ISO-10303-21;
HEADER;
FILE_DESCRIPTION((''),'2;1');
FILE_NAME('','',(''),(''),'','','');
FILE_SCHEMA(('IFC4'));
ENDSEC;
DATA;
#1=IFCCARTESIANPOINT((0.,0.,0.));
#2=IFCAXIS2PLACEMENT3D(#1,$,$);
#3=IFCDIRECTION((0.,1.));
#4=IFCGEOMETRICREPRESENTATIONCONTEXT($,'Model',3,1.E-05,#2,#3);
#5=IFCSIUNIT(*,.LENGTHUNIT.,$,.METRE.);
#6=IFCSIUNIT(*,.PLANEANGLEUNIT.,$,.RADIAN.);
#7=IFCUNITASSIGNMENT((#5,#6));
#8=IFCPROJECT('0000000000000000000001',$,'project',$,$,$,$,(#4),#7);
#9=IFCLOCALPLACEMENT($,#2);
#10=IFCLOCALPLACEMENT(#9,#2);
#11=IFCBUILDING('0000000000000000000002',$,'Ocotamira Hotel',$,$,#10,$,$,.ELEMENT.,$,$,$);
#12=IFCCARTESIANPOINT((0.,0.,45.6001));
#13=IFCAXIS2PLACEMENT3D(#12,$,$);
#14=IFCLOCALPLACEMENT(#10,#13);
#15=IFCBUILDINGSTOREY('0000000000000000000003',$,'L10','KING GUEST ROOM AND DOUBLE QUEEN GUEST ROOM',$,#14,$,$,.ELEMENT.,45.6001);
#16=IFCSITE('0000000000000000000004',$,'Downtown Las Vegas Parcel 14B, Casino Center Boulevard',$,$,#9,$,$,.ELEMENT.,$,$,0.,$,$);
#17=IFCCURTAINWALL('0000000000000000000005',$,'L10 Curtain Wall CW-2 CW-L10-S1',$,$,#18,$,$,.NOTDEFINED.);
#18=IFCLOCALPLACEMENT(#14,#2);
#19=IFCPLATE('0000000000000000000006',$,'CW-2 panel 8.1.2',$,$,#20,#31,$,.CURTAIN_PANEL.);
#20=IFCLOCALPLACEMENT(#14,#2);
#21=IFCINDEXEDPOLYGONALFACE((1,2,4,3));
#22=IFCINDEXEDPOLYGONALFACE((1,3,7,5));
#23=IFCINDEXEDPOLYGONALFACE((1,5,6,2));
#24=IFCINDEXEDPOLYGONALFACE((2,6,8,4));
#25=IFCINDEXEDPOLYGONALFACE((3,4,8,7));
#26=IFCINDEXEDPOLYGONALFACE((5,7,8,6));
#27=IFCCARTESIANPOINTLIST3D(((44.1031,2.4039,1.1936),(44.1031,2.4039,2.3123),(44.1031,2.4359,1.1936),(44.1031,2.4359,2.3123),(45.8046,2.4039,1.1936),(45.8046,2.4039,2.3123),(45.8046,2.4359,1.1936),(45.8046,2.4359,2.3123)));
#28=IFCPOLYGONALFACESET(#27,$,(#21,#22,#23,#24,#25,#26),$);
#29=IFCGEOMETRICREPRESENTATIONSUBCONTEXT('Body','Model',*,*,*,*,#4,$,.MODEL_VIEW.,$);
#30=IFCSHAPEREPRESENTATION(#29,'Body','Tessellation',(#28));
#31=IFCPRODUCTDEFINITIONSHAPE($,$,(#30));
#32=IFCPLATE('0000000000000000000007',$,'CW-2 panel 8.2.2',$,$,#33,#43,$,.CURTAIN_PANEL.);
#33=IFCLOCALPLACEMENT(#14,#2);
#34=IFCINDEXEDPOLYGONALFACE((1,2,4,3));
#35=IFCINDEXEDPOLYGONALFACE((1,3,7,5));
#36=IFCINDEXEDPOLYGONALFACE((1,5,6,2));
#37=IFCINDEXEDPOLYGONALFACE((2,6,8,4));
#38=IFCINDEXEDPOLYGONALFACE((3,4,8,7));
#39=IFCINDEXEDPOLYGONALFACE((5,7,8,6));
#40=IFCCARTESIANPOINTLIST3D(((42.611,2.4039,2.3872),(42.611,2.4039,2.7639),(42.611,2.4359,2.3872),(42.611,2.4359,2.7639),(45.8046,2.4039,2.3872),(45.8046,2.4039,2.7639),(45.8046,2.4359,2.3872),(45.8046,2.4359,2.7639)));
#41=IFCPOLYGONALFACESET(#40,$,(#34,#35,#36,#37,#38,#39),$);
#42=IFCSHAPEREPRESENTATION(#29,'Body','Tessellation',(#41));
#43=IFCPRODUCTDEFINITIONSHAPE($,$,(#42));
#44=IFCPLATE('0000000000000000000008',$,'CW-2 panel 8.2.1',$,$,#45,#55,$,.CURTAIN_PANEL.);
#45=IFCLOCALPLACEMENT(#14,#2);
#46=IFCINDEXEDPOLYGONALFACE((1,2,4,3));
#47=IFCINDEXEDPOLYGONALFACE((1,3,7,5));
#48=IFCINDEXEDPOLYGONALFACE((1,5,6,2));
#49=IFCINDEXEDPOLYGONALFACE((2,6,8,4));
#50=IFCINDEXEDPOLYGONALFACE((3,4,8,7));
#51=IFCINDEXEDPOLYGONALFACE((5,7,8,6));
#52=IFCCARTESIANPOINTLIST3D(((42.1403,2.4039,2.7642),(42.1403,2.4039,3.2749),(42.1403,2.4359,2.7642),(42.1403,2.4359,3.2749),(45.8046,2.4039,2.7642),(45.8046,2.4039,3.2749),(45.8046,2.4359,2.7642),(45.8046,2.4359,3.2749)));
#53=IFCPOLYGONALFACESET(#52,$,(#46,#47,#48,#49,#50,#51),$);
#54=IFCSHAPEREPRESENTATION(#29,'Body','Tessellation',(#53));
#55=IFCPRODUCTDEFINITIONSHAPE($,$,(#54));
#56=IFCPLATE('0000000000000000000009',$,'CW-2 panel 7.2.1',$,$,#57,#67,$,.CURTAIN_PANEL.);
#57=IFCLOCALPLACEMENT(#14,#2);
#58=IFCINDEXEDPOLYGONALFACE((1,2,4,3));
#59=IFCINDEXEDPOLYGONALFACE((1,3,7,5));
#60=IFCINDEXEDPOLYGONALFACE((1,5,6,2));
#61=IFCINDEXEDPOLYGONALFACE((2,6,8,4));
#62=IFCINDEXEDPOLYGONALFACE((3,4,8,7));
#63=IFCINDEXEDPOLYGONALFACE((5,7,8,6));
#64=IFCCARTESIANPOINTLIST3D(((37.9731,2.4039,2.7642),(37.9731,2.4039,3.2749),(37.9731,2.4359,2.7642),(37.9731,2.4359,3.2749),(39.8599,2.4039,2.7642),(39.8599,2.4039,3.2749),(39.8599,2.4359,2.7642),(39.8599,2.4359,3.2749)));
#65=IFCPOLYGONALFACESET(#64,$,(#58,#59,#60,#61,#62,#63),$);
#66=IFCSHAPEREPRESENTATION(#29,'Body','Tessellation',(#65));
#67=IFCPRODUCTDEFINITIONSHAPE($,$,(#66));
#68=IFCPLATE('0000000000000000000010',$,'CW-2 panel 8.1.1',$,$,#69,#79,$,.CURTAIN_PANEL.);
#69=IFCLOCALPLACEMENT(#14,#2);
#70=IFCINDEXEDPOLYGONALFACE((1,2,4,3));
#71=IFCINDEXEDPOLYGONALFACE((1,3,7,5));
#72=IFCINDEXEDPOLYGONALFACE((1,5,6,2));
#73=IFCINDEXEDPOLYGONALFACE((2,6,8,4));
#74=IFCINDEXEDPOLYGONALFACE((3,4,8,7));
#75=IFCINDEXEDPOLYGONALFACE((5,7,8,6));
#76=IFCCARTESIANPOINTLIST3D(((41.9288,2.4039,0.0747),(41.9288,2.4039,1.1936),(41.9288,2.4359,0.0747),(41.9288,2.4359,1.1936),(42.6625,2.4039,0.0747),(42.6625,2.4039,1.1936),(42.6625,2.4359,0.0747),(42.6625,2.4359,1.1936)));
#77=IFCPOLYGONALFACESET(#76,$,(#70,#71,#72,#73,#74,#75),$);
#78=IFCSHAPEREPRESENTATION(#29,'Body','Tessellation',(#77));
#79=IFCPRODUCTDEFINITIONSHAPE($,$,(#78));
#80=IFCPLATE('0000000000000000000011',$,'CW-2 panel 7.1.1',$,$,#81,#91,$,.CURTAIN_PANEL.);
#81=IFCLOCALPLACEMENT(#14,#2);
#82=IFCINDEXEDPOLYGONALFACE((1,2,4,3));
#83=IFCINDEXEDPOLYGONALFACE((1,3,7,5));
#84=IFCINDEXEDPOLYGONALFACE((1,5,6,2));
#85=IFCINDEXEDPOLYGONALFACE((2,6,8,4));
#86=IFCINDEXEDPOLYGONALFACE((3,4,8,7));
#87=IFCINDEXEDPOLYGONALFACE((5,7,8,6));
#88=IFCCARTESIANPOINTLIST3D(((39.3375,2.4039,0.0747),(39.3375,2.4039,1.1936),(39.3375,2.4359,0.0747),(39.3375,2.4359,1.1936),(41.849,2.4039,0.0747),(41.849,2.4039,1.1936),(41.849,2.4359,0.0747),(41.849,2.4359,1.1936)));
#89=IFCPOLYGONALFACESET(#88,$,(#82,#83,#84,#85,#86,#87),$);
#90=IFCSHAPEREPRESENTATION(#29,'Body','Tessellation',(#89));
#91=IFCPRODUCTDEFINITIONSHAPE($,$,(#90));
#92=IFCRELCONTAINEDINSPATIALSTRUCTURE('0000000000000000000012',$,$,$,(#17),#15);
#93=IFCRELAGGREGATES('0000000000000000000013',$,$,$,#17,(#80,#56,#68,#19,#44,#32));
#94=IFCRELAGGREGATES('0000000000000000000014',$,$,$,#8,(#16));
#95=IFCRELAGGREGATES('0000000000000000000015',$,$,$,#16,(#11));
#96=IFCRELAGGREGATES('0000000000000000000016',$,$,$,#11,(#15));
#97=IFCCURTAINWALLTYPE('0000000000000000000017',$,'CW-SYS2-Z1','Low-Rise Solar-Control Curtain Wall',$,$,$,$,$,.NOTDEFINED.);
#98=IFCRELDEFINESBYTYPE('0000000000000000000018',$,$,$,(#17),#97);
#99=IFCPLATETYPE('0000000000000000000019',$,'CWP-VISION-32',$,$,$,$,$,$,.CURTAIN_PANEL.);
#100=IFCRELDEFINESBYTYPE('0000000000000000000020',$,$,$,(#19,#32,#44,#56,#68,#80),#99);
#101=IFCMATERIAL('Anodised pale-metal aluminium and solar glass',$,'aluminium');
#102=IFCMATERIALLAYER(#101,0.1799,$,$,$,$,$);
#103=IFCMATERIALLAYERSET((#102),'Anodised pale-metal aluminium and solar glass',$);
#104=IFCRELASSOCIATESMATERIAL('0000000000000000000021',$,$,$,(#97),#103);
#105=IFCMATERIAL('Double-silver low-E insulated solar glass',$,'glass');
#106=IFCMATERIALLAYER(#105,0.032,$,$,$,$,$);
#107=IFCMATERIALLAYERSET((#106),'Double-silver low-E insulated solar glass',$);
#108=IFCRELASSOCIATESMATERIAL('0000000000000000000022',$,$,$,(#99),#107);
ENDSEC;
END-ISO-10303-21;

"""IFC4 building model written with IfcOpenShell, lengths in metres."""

from ifc_helpers import new_model, si_unit, direction, frame, origin, origin_2d, place, context, subcontext, project, spatial, rectangle, extrude, source, transform, mapped, material, layer, layer_set, type_object, element, aggregate, save


model = new_model("IFC4")

# Units and contexts
model_context = context("Model", 3, precision=1e-05, world=origin(), true_north=direction((0.0, 1.0)))
body_context = subcontext(model_context, "Body", "Model", "MODEL_VIEW")
ifc_project = project(units=[si_unit("LENGTHUNIT", "METRE"), si_unit("PLANEANGLEUNIT", "RADIAN")], contexts=[model_context])

# Site, building, storey
site_placement = place(None, origin())
site = spatial("IfcSite", under=ifc_project, at=site_placement, Name="Downtown Las Vegas Parcel 14B, Casino Center Boulevard", CompositionType="ELEMENT", RefElevation=0.0)
building_placement = place(site_placement, origin())
building = spatial("IfcBuilding", under=site, at=building_placement, Name="Ocotamira Hotel", CompositionType="ELEMENT")
storey_placement = place(building_placement, frame((0.0, 0.0, 45.6001)))
storey = spatial("IfcBuildingStorey", under=building, at=storey_placement, Name="L10", Description="KING GUEST ROOM AND DOUBLE QUEEN GUEST ROOM", CompositionType="ELEMENT", Elevation=45.6001)

# Curtain wall, plates
ifc_material_1 = material(Name="Anodised pale-metal aluminium and solar glass", Category="aluminium")
ifc_layer_1 = layer(ifc_material_1, 0.1799)
ifc_layer_set_1 = layer_set([ifc_layer_1], Name="Anodised pale-metal aluminium and solar glass")
curtain_wall_type = type_object("IfcCurtainWallType", Name="CW-SYS2-Z1", Description="Low-Rise Solar-Control Curtain Wall", PredefinedType="NOTDEFINED", material=ifc_layer_set_1)
curtain_wall_placement = place(storey_placement, origin())
curtain_wall = element("IfcCurtainWall", 1, at=curtain_wall_placement, inside=storey, type_object=curtain_wall_type, Name="L10 Curtain Wall CW-2 CW-L10-S1", PredefinedType="NOTDEFINED")
ifc_material_2 = material(Name="Double-silver low-E insulated solar glass", Category="glass")
ifc_layer_2 = layer(ifc_material_2, 0.032)
ifc_layer_set_2 = layer_set([ifc_layer_2], Name="Double-silver low-E insulated solar glass")
plate_type = type_object("IfcPlateType", Name="CWP-VISION-32", PredefinedType="CURTAIN_PANEL", material=ifc_layer_set_2)
shared_shape_1 = source(origin(), body_context, "Body", "SweptSolid", [
    extrude(rectangle(XDim=1.7014, YDim=0.032, at=origin_2d()), origin(), (0.0, 0.0, 1.0), 1.1187),
])
plate_1_placement = place(storey_placement, frame((44.9539, 2.4199, 1.1936), z_axis=(0.0, 0.0, 1.0), x_axis=(1.0, 0.0, 0.0)))
plate_1 = element("IfcPlate", 2, at=plate_1_placement, type_object=plate_type, Name="CW-2 panel 8.1.2", PredefinedType="CURTAIN_PANEL", context=body_context, shape_type="MappedRepresentation", body=[
    mapped(shared_shape_1, transform((0.0, 0.0, 0.0), scale=1.0)),
])
shared_shape_2 = source(origin(), body_context, "Body", "SweptSolid", [
    extrude(rectangle(XDim=3.1936, YDim=0.032, at=origin_2d()), origin(), (0.0, 0.0, 1.0), 0.3767),
])
plate_2_placement = place(storey_placement, frame((44.2078, 2.4199, 2.3872), z_axis=(0.0, 0.0, 1.0), x_axis=(1.0, 0.0, 0.0)))
plate_2 = element("IfcPlate", 3, at=plate_2_placement, type_object=plate_type, Name="CW-2 panel 8.2.2", PredefinedType="CURTAIN_PANEL", context=body_context, shape_type="MappedRepresentation", body=[
    mapped(shared_shape_2, transform((0.0, 0.0, 0.0), scale=1.0)),
])
shared_shape_3 = source(origin(), body_context, "Body", "SweptSolid", [
    extrude(rectangle(XDim=3.6643, YDim=0.032, at=origin_2d()), origin(), (0.0, 0.0, 1.0), 0.5107),
])
plate_3_placement = place(storey_placement, frame((43.9724, 2.4199, 2.7642), z_axis=(0.0, 0.0, 1.0), x_axis=(1.0, 0.0, 0.0)))
plate_3 = element("IfcPlate", 4, at=plate_3_placement, type_object=plate_type, Name="CW-2 panel 8.2.1", PredefinedType="CURTAIN_PANEL", context=body_context, shape_type="MappedRepresentation", body=[
    mapped(shared_shape_3, transform((0.0, 0.0, 0.0), scale=1.0)),
])
shared_shape_4 = source(origin(), body_context, "Body", "SweptSolid", [
    extrude(rectangle(XDim=1.8867, YDim=0.032, at=origin_2d()), origin(), (0.0, 0.0, 1.0), 0.5107),
])
plate_4_placement = place(storey_placement, frame((38.9165, 2.4199, 2.7642), z_axis=(0.0, 0.0, 1.0), x_axis=(1.0, 0.0, 0.0)))
plate_4 = element("IfcPlate", 5, at=plate_4_placement, type_object=plate_type, Name="CW-2 panel 7.2.1", PredefinedType="CURTAIN_PANEL", context=body_context, shape_type="MappedRepresentation", body=[
    mapped(shared_shape_4, transform((0.0, 0.0, 0.0), scale=1.0)),
])
shared_shape_5 = source(origin(), body_context, "Body", "SweptSolid", [
    extrude(rectangle(XDim=0.7336, YDim=0.032, at=origin_2d()), origin(), (0.0, 0.0, 1.0), 1.1189),
])
plate_5_placement = place(storey_placement, frame((42.2957, 2.4199, 0.0747), z_axis=(0.0, 0.0, 1.0), x_axis=(1.0, 0.0, 0.0)))
plate_5 = element("IfcPlate", 6, at=plate_5_placement, type_object=plate_type, Name="CW-2 panel 8.1.1", PredefinedType="CURTAIN_PANEL", context=body_context, shape_type="MappedRepresentation", body=[
    mapped(shared_shape_5, transform((0.0, 0.0, 0.0), scale=1.0)),
])
shared_shape_6 = source(origin(), body_context, "Body", "SweptSolid", [
    extrude(rectangle(XDim=2.5115, YDim=0.032, at=origin_2d()), origin(), (0.0, 0.0, 1.0), 1.1189),
])
plate_6_placement = place(storey_placement, frame((40.5933, 2.4199, 0.0747), z_axis=(0.0, 0.0, 1.0), x_axis=(1.0, 0.0, 0.0)))
plate_6 = element("IfcPlate", 7, at=plate_6_placement, type_object=plate_type, Name="CW-2 panel 7.1.1", PredefinedType="CURTAIN_PANEL", context=body_context, shape_type="MappedRepresentation", body=[
    mapped(shared_shape_6, transform((0.0, 0.0, 0.0), scale=1.0)),
])
aggregate(curtain_wall, [plate_6, plate_4, plate_5, plate_1, plate_3, plate_2])

save(model, "model.ifc")
